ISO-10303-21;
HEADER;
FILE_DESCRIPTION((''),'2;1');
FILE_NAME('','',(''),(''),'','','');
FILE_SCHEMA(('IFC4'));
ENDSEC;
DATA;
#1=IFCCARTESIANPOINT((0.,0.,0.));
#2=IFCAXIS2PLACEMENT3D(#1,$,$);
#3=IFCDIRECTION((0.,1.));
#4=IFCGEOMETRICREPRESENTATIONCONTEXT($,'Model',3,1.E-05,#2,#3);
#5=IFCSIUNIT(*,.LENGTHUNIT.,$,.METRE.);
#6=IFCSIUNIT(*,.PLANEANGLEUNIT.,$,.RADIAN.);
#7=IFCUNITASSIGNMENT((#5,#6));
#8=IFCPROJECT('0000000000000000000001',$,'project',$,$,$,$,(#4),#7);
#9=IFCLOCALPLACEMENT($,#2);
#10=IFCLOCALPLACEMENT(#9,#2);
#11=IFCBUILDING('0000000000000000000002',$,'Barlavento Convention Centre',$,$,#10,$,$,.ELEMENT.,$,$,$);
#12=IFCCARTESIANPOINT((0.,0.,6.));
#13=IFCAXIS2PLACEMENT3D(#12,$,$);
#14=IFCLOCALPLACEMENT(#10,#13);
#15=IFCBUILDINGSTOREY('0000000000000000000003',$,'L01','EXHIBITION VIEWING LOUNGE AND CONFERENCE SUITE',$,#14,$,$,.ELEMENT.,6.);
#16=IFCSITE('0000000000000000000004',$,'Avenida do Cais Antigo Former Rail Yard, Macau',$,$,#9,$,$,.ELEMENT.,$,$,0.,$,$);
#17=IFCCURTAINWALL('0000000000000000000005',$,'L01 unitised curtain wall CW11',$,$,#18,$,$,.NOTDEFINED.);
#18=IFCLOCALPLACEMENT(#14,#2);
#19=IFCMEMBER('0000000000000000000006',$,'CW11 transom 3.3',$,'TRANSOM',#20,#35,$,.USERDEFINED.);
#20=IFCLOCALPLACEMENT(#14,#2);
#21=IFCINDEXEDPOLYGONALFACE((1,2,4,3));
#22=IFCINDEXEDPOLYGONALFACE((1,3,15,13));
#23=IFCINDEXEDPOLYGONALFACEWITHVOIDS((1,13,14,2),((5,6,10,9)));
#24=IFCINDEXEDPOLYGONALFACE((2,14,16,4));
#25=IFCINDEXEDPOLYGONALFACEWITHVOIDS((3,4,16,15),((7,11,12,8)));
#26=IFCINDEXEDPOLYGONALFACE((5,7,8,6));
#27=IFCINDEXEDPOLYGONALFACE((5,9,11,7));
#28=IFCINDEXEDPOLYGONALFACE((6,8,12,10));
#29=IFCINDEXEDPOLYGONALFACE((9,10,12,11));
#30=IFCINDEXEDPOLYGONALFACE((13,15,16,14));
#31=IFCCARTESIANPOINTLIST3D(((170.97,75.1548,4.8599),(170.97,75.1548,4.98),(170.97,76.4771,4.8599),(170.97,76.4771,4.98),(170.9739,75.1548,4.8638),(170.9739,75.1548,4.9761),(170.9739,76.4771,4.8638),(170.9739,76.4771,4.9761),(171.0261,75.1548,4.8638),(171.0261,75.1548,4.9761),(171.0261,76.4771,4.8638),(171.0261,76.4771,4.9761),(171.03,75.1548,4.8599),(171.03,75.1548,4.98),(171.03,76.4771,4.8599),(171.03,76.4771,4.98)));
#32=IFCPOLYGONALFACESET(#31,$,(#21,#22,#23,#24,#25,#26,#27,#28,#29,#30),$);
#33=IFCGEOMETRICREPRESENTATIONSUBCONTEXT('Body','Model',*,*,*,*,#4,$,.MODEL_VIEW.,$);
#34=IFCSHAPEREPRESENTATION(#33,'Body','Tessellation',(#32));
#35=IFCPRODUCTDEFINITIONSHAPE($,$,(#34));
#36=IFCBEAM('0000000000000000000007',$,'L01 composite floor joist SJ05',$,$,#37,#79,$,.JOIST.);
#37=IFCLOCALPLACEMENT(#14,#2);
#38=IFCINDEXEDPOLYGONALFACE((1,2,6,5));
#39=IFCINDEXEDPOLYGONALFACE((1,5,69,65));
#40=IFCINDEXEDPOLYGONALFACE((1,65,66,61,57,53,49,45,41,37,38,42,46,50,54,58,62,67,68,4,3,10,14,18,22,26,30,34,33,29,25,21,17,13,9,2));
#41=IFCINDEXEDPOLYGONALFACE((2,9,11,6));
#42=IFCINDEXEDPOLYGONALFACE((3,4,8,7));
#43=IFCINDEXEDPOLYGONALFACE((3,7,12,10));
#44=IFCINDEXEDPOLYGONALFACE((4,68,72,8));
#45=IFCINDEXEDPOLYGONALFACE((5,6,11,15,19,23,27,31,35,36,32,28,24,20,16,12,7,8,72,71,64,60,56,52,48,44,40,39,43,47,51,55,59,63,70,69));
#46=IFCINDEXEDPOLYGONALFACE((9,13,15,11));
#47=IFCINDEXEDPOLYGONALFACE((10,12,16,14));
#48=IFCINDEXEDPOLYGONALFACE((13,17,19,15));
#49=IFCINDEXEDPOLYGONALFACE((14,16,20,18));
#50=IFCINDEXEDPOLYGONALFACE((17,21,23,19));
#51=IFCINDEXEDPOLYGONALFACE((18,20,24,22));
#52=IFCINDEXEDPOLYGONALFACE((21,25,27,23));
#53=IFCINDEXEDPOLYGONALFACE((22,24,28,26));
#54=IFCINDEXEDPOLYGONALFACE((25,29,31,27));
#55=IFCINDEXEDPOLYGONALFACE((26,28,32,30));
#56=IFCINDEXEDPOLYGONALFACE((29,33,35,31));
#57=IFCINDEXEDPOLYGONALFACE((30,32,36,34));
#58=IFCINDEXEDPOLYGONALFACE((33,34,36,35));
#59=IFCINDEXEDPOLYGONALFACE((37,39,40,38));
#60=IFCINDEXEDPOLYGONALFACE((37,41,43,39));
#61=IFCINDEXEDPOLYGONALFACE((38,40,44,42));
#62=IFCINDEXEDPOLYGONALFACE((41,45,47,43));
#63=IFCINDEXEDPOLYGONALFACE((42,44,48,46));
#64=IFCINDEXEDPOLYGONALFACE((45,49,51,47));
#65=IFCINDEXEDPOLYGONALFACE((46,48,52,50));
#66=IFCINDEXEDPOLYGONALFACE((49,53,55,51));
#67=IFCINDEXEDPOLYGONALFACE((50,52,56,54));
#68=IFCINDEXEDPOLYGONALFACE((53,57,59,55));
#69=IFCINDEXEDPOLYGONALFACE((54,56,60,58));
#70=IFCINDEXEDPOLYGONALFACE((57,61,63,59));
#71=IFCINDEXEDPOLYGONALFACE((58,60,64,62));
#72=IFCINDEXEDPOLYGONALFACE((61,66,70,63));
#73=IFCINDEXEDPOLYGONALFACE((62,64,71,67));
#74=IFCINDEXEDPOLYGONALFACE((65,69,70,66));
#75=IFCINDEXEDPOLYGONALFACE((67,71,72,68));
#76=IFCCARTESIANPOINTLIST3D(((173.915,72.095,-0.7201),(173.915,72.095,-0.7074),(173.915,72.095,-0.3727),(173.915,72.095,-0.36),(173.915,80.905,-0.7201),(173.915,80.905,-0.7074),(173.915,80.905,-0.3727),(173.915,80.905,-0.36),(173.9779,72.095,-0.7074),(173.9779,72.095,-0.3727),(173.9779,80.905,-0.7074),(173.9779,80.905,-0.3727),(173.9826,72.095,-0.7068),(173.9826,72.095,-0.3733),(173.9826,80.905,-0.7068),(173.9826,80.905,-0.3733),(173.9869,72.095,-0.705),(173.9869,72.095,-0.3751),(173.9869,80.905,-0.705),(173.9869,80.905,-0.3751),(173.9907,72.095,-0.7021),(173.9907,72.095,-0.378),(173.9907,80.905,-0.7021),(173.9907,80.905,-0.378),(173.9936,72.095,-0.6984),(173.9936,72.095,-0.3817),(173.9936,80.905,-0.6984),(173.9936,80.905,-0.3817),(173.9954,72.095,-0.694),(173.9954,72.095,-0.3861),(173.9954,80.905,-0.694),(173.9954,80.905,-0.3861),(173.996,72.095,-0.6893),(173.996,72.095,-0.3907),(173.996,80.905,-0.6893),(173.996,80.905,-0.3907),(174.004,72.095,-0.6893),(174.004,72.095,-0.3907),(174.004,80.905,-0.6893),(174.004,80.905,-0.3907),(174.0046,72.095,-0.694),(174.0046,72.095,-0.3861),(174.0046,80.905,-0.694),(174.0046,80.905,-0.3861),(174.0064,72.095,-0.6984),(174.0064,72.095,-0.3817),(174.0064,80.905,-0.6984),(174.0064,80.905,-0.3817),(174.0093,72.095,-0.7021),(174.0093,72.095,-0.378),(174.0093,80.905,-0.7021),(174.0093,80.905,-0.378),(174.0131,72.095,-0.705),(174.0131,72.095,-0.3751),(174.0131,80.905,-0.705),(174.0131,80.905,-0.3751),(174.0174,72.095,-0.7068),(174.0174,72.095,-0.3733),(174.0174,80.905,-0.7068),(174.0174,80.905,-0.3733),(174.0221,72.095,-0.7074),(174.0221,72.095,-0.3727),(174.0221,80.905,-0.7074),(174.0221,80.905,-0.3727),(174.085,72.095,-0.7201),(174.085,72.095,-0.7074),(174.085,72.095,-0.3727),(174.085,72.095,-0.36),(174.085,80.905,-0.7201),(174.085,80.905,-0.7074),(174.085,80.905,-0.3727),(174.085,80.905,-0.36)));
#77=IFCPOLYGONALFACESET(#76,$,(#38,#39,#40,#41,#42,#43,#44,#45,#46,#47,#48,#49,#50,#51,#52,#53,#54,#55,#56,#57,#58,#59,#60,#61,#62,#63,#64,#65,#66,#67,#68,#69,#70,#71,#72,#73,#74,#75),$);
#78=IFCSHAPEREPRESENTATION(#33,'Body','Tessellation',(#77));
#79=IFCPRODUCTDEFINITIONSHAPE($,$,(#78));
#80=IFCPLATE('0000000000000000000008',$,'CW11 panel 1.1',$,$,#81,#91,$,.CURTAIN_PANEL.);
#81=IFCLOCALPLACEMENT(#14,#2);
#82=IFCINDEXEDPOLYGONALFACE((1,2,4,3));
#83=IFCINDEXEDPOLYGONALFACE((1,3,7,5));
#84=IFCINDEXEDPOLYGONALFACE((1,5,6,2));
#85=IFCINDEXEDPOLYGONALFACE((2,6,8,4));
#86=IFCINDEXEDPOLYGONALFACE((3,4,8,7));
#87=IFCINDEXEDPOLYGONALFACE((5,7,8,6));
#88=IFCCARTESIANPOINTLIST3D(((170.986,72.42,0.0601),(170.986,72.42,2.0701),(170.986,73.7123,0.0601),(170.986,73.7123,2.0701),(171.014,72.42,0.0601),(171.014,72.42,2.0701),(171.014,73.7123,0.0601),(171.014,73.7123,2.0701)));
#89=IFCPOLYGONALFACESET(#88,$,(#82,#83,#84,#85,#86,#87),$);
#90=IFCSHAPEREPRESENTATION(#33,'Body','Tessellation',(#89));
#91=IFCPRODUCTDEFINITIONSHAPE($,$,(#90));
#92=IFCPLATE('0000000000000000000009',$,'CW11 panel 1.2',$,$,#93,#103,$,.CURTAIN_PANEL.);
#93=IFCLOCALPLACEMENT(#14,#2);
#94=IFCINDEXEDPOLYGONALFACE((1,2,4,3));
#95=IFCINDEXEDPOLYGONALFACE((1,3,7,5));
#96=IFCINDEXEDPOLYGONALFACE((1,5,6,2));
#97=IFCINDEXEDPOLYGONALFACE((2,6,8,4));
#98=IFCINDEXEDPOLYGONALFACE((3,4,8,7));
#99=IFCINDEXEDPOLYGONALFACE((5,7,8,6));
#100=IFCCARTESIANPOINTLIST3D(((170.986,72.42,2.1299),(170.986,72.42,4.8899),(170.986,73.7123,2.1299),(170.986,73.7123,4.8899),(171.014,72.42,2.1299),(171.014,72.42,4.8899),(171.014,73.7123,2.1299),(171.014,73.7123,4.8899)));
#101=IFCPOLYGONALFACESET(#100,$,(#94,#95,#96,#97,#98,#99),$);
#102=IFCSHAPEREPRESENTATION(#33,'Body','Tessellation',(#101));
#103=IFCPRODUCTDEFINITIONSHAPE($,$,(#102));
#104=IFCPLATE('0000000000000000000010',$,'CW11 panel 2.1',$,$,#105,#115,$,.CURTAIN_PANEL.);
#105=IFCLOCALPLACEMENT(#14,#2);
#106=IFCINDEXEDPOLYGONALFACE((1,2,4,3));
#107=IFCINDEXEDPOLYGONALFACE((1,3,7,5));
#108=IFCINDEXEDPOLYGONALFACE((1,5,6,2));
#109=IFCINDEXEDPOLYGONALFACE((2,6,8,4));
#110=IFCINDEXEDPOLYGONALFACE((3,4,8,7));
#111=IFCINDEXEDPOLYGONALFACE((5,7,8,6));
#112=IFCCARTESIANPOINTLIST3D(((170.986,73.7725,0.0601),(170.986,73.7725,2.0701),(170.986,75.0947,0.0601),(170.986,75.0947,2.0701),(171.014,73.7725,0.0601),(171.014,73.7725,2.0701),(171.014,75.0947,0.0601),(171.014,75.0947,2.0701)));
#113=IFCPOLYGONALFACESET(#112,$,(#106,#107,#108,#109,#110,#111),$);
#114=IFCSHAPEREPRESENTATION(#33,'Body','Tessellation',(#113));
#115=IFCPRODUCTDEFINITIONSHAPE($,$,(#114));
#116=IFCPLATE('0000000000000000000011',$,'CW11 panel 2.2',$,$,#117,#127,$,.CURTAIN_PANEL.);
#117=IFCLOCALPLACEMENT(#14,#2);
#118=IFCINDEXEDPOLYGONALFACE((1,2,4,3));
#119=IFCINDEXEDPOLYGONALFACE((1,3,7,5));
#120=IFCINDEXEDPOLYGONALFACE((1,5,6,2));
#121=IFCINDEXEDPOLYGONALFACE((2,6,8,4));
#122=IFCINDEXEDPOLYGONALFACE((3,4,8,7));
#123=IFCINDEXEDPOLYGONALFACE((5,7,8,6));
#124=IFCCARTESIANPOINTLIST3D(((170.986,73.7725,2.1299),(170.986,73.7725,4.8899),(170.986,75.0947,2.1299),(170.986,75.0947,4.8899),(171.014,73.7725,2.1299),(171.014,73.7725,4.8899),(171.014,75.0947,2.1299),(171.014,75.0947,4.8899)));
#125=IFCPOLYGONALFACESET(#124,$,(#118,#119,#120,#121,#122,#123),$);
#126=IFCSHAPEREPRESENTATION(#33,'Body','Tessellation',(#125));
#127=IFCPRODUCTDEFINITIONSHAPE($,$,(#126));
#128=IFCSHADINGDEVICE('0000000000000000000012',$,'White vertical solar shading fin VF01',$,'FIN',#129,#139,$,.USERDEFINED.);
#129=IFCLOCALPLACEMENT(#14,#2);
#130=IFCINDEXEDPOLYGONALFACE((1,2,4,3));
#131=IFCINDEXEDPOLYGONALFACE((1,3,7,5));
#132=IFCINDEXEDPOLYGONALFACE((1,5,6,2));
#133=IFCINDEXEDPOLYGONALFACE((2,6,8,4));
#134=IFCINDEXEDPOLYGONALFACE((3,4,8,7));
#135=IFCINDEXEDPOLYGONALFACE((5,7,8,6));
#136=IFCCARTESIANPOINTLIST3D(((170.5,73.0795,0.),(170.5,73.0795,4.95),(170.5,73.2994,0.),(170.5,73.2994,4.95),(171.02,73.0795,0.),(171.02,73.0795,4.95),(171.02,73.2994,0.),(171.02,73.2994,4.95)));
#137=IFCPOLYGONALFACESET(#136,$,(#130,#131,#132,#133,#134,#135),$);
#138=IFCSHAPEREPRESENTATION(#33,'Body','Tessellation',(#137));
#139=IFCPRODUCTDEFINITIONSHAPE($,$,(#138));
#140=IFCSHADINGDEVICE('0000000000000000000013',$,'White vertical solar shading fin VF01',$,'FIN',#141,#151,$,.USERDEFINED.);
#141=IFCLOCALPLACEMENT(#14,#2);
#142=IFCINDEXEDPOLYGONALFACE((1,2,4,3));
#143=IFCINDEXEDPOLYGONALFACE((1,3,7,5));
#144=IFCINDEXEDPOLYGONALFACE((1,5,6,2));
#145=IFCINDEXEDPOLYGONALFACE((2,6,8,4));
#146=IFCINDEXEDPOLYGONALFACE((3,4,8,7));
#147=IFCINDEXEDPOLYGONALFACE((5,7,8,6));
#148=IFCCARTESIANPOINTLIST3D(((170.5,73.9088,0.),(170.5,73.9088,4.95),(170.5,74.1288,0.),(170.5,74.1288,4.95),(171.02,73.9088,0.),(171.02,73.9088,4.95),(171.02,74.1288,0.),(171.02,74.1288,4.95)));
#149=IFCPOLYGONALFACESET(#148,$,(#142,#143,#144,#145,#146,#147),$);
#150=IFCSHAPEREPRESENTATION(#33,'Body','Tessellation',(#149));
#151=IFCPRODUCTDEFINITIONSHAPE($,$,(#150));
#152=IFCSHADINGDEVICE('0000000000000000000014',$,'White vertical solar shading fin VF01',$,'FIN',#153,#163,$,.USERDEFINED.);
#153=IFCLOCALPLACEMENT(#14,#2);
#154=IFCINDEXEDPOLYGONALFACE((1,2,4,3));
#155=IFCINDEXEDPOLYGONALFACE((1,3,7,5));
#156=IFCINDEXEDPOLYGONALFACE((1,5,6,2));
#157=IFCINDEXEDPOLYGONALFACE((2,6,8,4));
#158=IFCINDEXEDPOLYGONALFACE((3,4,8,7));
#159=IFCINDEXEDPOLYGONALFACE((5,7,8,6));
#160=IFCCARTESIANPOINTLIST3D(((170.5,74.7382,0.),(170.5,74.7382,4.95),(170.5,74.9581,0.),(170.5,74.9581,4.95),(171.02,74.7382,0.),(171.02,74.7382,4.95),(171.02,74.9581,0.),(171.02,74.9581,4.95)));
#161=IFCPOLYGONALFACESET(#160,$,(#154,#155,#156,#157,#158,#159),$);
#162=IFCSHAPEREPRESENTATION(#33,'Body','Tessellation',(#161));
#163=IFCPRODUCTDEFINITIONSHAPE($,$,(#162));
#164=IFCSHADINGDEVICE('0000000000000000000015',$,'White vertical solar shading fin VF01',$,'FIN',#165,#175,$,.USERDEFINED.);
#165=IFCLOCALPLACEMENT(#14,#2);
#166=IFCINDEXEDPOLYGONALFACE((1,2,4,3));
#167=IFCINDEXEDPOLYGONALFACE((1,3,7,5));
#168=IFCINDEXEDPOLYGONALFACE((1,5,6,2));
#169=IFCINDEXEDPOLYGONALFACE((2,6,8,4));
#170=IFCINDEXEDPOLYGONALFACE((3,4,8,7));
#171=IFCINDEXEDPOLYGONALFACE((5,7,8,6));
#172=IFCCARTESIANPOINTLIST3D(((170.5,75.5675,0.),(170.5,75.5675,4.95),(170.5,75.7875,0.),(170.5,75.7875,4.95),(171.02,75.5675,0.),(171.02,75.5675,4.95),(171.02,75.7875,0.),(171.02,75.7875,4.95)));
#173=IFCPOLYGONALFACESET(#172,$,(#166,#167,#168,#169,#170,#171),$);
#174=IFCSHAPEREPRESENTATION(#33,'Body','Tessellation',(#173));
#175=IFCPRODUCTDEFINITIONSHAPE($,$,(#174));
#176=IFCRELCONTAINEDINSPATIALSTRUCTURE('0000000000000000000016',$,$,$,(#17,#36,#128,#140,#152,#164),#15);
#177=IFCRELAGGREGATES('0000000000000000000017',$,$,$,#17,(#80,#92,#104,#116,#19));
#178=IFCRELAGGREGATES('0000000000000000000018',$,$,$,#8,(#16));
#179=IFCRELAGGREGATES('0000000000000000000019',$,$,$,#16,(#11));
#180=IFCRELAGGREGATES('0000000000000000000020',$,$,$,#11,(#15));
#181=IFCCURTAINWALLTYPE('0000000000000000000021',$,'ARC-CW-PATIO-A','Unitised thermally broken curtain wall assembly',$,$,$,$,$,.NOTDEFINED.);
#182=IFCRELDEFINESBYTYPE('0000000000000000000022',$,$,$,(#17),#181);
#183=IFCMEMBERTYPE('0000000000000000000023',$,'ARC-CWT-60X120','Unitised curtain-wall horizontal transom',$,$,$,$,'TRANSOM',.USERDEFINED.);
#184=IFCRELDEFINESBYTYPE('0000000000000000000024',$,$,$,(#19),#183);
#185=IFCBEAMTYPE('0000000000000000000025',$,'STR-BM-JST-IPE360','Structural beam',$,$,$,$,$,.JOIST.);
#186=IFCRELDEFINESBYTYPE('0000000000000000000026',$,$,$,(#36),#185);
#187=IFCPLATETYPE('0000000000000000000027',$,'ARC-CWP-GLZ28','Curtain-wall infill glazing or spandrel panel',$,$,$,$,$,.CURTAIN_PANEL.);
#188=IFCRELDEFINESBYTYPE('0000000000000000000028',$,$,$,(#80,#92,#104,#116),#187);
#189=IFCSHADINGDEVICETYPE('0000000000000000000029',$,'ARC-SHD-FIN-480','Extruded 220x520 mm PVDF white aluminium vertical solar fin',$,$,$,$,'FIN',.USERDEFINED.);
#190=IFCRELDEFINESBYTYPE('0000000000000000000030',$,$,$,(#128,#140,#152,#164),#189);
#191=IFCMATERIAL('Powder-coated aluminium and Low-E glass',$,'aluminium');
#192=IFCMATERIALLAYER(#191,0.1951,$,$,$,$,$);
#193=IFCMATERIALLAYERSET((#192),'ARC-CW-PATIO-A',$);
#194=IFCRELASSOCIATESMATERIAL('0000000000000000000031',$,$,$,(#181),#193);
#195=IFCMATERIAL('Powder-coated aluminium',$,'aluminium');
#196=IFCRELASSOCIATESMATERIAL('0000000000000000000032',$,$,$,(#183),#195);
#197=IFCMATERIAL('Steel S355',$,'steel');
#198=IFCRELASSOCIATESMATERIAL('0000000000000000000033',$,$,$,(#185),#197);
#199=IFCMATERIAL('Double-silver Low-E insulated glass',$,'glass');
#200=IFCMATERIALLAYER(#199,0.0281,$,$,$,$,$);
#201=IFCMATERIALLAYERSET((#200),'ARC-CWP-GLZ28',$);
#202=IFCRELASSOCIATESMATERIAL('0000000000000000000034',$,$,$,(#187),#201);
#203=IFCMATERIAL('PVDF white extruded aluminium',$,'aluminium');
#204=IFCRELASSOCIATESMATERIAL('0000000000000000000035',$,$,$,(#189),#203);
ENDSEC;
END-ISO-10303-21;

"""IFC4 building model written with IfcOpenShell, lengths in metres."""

from ifc_helpers import new_model, si_unit, direction, frame, origin, origin_2d, place, context, subcontext, project, spatial, rectangle, hollow_rectangle, i_section, extrude, material, layer, layer_set, material_profile, profile_set, type_object, element, aggregate, save


model = new_model("IFC4")

# Units and contexts
model_context = context("Model", 3, precision=1e-05, world=origin(), true_north=direction((0.0, 1.0)))
body_context = subcontext(model_context, "Body", "Model", "MODEL_VIEW")
ifc_project = project(units=[si_unit("LENGTHUNIT", "METRE"), si_unit("PLANEANGLEUNIT", "RADIAN")], contexts=[model_context])

# Site, building, storey
site_placement = place(None, origin())
site = spatial("IfcSite", under=ifc_project, at=site_placement, Name="Avenida do Cais Antigo Former Rail Yard, Macau", CompositionType="ELEMENT", RefElevation=0.0)
building_placement = place(site_placement, origin())
building = spatial("IfcBuilding", under=site, at=building_placement, Name="Barlavento Convention Centre", CompositionType="ELEMENT")
storey_placement = place(building_placement, frame((0.0, 0.0, 6.0)))
storey = spatial("IfcBuildingStorey", under=building, at=storey_placement, Name="L01", Description="EXHIBITION VIEWING LOUNGE AND CONFERENCE SUITE", CompositionType="ELEMENT", Elevation=6.0)

# Curtain wall, member
ifc_material_1 = material(Name="Powder-coated aluminium and Low-E glass", Category="aluminium")
ifc_layer_1 = layer(ifc_material_1, 0.1951)
ifc_layer_set_1 = layer_set([ifc_layer_1], Name="ARC-CW-PATIO-A")
curtain_wall_type = type_object("IfcCurtainWallType", Name="ARC-CW-PATIO-A", Description="Unitised thermally broken curtain wall assembly", PredefinedType="NOTDEFINED", material=ifc_layer_set_1)
curtain_wall_placement = place(storey_placement, origin())
curtain_wall = element("IfcCurtainWall", 1, at=curtain_wall_placement, inside=storey, type_object=curtain_wall_type, Name="L01 unitised curtain wall CW11", PredefinedType="NOTDEFINED")
ifc_material_2 = material(Name="Powder-coated aluminium", Category="aluminium")
ifc_material_profile_1 = material_profile(ifc_material_2, hollow_rectangle(XDim=0.0601, YDim=0.1201, WallThickness=0.0039, at=origin_2d()), Name="AL-TRAN 60x120x4")
ifc_profile_set_1 = profile_set([ifc_material_profile_1], Name="Powder-coated aluminium")
member_type_1 = type_object("IfcMemberType", Name="ARC-CWT-60X120", Description="Unitised curtain-wall horizontal transom", ElementType="TRANSOM", PredefinedType="USERDEFINED", material=ifc_profile_set_1)
member_1_placement = place(storey_placement, frame((171.0, 75.1548, 4.9199), z_axis=(0.0, 1.0, 0.0), x_axis=(-1.0, 0.0, 0.0)))
member_1 = element("IfcMember", 2, at=member_1_placement, type_object=member_type_1, Name="CW11 transom 3.3", ObjectType="TRANSOM", PredefinedType="USERDEFINED", context=body_context, shape_type="SweptSolid", body=[
    extrude(hollow_rectangle(XDim=0.0601, YDim=0.1201, WallThickness=0.0039, at=origin_2d()), origin(), (0.0, 0.0, 1.0), 1.3223),
])

# Beam
ifc_material_3 = material(Name="Steel S355", Category="steel")
ifc_material_profile_2 = material_profile(ifc_material_3, i_section(OverallWidth=0.1699, OverallDepth=0.3601, WebThickness=0.0081, FlangeThickness=0.0127, FilletRadius=0.0181, at=origin_2d()), Name="IPE 360")
ifc_profile_set_2 = profile_set([ifc_material_profile_2], Name="Steel S355")
beam_type = type_object("IfcBeamType", Name="STR-BM-JST-IPE360", Description="Structural beam", PredefinedType="JOIST", material=ifc_profile_set_2)
beam_placement = place(storey_placement, frame((174.0, 72.095, -0.54), z_axis=(0.0, 1.0, 0.0), x_axis=(-1.0, 0.0, 0.0)))
element("IfcBeam", 3, at=beam_placement, inside=storey, type_object=beam_type, Name="L01 composite floor joist SJ05", PredefinedType="JOIST", context=body_context, shape_type="SweptSolid", body=[
    extrude(i_section(OverallWidth=0.1699, OverallDepth=0.3601, WebThickness=0.0081, FlangeThickness=0.0127, FilletRadius=0.0181, at=origin_2d()), origin(), (0.0, 0.0, 1.0), 8.8101),
])

# Plates
ifc_material_4 = material(Name="Double-silver Low-E insulated glass", Category="glass")
ifc_layer_2 = layer(ifc_material_4, 0.0281)
ifc_layer_set_2 = layer_set([ifc_layer_2], Name="ARC-CWP-GLZ28")
plate_type = type_object("IfcPlateType", Name="ARC-CWP-GLZ28", Description="Curtain-wall infill glazing or spandrel panel", PredefinedType="CURTAIN_PANEL", material=ifc_layer_set_2)
plate_1_placement = place(storey_placement, frame((171.0, 73.0662, 0.0601), z_axis=(0.0, 0.0, 1.0), x_axis=(0.0, 1.0, 0.0)))
plate_1 = element("IfcPlate", 4, at=plate_1_placement, type_object=plate_type, Name="CW11 panel 1.1", PredefinedType="CURTAIN_PANEL", context=body_context, shape_type="SweptSolid", body=[
    extrude(rectangle(XDim=1.2922, YDim=0.0281, at=origin_2d()), origin(), (0.0, 0.0, 1.0), 2.01),
])
plate_2_placement = place(storey_placement, frame((171.0, 73.0662, 2.1299), z_axis=(0.0, 0.0, 1.0), x_axis=(0.0, 1.0, 0.0)))
plate_2 = element("IfcPlate", 5, at=plate_2_placement, type_object=plate_type, Name="CW11 panel 1.2", PredefinedType="CURTAIN_PANEL", context=body_context, shape_type="SweptSolid", body=[
    extrude(rectangle(XDim=1.2922, YDim=0.0281, at=origin_2d()), origin(), (0.0, 0.0, 1.0), 2.76),
])
plate_3_placement = place(storey_placement, frame((171.0, 74.4336, 0.0601), z_axis=(0.0, 0.0, 1.0), x_axis=(0.0, 1.0, 0.0)))
plate_3 = element("IfcPlate", 6, at=plate_3_placement, type_object=plate_type, Name="CW11 panel 2.1", PredefinedType="CURTAIN_PANEL", context=body_context, shape_type="SweptSolid", body=[
    extrude(rectangle(XDim=1.3223, YDim=0.0281, at=origin_2d()), origin(), (0.0, 0.0, 1.0), 2.01),
])
plate_4_placement = place(storey_placement, frame((171.0, 74.4336, 2.1299), z_axis=(0.0, 0.0, 1.0), x_axis=(0.0, 1.0, 0.0)))
plate_4 = element("IfcPlate", 7, at=plate_4_placement, type_object=plate_type, Name="CW11 panel 2.2", PredefinedType="CURTAIN_PANEL", context=body_context, shape_type="SweptSolid", body=[
    extrude(rectangle(XDim=1.3223, YDim=0.0281, at=origin_2d()), origin(), (0.0, 0.0, 1.0), 2.76),
])
aggregate(curtain_wall, [plate_1, plate_2, plate_3, plate_4, member_1])

# Shading devices
ifc_material_5 = material(Name="PVDF white extruded aluminium", Category="aluminium")
shading_device_type = type_object("IfcShadingDeviceType", Name="ARC-SHD-FIN-480", Description="Extruded 220x520 mm PVDF white aluminium vertical solar fin", ElementType="FIN", PredefinedType="USERDEFINED", material=ifc_material_5)
for number, where, z_axis, x_axis, name in (
    (8, (170.76, 73.1895, 0.0), (0.0, 0.0, 1.0), (0.0, 1.0, 0.0), "White vertical solar shading fin VF01"),
    (9, (170.76, 74.0188, 0.0), (0.0, 0.0, 1.0), (0.0, 1.0, 0.0), "White vertical solar shading fin VF01"),
    (10, (170.76, 74.8481, 0.0), (0.0, 0.0, 1.0), (0.0, 1.0, 0.0), "White vertical solar shading fin VF01"),
    (11, (170.76, 75.6775, 0.0), (0.0, 0.0, 1.0), (0.0, 1.0, 0.0), "White vertical solar shading fin VF01"),
):
    element("IfcShadingDevice", number, at=place(storey_placement, frame(where, z_axis=z_axis, x_axis=x_axis)), inside=storey, type_object=shading_device_type, Name=name, ObjectType="FIN", PredefinedType="USERDEFINED", context=body_context, shape_type="SweptSolid", body=[
        extrude(rectangle(XDim=0.22, YDim=0.52, at=origin_2d()), origin(), (0.0, 0.0, 1.0), 4.95),
    ])

save(model, "model.ifc")
